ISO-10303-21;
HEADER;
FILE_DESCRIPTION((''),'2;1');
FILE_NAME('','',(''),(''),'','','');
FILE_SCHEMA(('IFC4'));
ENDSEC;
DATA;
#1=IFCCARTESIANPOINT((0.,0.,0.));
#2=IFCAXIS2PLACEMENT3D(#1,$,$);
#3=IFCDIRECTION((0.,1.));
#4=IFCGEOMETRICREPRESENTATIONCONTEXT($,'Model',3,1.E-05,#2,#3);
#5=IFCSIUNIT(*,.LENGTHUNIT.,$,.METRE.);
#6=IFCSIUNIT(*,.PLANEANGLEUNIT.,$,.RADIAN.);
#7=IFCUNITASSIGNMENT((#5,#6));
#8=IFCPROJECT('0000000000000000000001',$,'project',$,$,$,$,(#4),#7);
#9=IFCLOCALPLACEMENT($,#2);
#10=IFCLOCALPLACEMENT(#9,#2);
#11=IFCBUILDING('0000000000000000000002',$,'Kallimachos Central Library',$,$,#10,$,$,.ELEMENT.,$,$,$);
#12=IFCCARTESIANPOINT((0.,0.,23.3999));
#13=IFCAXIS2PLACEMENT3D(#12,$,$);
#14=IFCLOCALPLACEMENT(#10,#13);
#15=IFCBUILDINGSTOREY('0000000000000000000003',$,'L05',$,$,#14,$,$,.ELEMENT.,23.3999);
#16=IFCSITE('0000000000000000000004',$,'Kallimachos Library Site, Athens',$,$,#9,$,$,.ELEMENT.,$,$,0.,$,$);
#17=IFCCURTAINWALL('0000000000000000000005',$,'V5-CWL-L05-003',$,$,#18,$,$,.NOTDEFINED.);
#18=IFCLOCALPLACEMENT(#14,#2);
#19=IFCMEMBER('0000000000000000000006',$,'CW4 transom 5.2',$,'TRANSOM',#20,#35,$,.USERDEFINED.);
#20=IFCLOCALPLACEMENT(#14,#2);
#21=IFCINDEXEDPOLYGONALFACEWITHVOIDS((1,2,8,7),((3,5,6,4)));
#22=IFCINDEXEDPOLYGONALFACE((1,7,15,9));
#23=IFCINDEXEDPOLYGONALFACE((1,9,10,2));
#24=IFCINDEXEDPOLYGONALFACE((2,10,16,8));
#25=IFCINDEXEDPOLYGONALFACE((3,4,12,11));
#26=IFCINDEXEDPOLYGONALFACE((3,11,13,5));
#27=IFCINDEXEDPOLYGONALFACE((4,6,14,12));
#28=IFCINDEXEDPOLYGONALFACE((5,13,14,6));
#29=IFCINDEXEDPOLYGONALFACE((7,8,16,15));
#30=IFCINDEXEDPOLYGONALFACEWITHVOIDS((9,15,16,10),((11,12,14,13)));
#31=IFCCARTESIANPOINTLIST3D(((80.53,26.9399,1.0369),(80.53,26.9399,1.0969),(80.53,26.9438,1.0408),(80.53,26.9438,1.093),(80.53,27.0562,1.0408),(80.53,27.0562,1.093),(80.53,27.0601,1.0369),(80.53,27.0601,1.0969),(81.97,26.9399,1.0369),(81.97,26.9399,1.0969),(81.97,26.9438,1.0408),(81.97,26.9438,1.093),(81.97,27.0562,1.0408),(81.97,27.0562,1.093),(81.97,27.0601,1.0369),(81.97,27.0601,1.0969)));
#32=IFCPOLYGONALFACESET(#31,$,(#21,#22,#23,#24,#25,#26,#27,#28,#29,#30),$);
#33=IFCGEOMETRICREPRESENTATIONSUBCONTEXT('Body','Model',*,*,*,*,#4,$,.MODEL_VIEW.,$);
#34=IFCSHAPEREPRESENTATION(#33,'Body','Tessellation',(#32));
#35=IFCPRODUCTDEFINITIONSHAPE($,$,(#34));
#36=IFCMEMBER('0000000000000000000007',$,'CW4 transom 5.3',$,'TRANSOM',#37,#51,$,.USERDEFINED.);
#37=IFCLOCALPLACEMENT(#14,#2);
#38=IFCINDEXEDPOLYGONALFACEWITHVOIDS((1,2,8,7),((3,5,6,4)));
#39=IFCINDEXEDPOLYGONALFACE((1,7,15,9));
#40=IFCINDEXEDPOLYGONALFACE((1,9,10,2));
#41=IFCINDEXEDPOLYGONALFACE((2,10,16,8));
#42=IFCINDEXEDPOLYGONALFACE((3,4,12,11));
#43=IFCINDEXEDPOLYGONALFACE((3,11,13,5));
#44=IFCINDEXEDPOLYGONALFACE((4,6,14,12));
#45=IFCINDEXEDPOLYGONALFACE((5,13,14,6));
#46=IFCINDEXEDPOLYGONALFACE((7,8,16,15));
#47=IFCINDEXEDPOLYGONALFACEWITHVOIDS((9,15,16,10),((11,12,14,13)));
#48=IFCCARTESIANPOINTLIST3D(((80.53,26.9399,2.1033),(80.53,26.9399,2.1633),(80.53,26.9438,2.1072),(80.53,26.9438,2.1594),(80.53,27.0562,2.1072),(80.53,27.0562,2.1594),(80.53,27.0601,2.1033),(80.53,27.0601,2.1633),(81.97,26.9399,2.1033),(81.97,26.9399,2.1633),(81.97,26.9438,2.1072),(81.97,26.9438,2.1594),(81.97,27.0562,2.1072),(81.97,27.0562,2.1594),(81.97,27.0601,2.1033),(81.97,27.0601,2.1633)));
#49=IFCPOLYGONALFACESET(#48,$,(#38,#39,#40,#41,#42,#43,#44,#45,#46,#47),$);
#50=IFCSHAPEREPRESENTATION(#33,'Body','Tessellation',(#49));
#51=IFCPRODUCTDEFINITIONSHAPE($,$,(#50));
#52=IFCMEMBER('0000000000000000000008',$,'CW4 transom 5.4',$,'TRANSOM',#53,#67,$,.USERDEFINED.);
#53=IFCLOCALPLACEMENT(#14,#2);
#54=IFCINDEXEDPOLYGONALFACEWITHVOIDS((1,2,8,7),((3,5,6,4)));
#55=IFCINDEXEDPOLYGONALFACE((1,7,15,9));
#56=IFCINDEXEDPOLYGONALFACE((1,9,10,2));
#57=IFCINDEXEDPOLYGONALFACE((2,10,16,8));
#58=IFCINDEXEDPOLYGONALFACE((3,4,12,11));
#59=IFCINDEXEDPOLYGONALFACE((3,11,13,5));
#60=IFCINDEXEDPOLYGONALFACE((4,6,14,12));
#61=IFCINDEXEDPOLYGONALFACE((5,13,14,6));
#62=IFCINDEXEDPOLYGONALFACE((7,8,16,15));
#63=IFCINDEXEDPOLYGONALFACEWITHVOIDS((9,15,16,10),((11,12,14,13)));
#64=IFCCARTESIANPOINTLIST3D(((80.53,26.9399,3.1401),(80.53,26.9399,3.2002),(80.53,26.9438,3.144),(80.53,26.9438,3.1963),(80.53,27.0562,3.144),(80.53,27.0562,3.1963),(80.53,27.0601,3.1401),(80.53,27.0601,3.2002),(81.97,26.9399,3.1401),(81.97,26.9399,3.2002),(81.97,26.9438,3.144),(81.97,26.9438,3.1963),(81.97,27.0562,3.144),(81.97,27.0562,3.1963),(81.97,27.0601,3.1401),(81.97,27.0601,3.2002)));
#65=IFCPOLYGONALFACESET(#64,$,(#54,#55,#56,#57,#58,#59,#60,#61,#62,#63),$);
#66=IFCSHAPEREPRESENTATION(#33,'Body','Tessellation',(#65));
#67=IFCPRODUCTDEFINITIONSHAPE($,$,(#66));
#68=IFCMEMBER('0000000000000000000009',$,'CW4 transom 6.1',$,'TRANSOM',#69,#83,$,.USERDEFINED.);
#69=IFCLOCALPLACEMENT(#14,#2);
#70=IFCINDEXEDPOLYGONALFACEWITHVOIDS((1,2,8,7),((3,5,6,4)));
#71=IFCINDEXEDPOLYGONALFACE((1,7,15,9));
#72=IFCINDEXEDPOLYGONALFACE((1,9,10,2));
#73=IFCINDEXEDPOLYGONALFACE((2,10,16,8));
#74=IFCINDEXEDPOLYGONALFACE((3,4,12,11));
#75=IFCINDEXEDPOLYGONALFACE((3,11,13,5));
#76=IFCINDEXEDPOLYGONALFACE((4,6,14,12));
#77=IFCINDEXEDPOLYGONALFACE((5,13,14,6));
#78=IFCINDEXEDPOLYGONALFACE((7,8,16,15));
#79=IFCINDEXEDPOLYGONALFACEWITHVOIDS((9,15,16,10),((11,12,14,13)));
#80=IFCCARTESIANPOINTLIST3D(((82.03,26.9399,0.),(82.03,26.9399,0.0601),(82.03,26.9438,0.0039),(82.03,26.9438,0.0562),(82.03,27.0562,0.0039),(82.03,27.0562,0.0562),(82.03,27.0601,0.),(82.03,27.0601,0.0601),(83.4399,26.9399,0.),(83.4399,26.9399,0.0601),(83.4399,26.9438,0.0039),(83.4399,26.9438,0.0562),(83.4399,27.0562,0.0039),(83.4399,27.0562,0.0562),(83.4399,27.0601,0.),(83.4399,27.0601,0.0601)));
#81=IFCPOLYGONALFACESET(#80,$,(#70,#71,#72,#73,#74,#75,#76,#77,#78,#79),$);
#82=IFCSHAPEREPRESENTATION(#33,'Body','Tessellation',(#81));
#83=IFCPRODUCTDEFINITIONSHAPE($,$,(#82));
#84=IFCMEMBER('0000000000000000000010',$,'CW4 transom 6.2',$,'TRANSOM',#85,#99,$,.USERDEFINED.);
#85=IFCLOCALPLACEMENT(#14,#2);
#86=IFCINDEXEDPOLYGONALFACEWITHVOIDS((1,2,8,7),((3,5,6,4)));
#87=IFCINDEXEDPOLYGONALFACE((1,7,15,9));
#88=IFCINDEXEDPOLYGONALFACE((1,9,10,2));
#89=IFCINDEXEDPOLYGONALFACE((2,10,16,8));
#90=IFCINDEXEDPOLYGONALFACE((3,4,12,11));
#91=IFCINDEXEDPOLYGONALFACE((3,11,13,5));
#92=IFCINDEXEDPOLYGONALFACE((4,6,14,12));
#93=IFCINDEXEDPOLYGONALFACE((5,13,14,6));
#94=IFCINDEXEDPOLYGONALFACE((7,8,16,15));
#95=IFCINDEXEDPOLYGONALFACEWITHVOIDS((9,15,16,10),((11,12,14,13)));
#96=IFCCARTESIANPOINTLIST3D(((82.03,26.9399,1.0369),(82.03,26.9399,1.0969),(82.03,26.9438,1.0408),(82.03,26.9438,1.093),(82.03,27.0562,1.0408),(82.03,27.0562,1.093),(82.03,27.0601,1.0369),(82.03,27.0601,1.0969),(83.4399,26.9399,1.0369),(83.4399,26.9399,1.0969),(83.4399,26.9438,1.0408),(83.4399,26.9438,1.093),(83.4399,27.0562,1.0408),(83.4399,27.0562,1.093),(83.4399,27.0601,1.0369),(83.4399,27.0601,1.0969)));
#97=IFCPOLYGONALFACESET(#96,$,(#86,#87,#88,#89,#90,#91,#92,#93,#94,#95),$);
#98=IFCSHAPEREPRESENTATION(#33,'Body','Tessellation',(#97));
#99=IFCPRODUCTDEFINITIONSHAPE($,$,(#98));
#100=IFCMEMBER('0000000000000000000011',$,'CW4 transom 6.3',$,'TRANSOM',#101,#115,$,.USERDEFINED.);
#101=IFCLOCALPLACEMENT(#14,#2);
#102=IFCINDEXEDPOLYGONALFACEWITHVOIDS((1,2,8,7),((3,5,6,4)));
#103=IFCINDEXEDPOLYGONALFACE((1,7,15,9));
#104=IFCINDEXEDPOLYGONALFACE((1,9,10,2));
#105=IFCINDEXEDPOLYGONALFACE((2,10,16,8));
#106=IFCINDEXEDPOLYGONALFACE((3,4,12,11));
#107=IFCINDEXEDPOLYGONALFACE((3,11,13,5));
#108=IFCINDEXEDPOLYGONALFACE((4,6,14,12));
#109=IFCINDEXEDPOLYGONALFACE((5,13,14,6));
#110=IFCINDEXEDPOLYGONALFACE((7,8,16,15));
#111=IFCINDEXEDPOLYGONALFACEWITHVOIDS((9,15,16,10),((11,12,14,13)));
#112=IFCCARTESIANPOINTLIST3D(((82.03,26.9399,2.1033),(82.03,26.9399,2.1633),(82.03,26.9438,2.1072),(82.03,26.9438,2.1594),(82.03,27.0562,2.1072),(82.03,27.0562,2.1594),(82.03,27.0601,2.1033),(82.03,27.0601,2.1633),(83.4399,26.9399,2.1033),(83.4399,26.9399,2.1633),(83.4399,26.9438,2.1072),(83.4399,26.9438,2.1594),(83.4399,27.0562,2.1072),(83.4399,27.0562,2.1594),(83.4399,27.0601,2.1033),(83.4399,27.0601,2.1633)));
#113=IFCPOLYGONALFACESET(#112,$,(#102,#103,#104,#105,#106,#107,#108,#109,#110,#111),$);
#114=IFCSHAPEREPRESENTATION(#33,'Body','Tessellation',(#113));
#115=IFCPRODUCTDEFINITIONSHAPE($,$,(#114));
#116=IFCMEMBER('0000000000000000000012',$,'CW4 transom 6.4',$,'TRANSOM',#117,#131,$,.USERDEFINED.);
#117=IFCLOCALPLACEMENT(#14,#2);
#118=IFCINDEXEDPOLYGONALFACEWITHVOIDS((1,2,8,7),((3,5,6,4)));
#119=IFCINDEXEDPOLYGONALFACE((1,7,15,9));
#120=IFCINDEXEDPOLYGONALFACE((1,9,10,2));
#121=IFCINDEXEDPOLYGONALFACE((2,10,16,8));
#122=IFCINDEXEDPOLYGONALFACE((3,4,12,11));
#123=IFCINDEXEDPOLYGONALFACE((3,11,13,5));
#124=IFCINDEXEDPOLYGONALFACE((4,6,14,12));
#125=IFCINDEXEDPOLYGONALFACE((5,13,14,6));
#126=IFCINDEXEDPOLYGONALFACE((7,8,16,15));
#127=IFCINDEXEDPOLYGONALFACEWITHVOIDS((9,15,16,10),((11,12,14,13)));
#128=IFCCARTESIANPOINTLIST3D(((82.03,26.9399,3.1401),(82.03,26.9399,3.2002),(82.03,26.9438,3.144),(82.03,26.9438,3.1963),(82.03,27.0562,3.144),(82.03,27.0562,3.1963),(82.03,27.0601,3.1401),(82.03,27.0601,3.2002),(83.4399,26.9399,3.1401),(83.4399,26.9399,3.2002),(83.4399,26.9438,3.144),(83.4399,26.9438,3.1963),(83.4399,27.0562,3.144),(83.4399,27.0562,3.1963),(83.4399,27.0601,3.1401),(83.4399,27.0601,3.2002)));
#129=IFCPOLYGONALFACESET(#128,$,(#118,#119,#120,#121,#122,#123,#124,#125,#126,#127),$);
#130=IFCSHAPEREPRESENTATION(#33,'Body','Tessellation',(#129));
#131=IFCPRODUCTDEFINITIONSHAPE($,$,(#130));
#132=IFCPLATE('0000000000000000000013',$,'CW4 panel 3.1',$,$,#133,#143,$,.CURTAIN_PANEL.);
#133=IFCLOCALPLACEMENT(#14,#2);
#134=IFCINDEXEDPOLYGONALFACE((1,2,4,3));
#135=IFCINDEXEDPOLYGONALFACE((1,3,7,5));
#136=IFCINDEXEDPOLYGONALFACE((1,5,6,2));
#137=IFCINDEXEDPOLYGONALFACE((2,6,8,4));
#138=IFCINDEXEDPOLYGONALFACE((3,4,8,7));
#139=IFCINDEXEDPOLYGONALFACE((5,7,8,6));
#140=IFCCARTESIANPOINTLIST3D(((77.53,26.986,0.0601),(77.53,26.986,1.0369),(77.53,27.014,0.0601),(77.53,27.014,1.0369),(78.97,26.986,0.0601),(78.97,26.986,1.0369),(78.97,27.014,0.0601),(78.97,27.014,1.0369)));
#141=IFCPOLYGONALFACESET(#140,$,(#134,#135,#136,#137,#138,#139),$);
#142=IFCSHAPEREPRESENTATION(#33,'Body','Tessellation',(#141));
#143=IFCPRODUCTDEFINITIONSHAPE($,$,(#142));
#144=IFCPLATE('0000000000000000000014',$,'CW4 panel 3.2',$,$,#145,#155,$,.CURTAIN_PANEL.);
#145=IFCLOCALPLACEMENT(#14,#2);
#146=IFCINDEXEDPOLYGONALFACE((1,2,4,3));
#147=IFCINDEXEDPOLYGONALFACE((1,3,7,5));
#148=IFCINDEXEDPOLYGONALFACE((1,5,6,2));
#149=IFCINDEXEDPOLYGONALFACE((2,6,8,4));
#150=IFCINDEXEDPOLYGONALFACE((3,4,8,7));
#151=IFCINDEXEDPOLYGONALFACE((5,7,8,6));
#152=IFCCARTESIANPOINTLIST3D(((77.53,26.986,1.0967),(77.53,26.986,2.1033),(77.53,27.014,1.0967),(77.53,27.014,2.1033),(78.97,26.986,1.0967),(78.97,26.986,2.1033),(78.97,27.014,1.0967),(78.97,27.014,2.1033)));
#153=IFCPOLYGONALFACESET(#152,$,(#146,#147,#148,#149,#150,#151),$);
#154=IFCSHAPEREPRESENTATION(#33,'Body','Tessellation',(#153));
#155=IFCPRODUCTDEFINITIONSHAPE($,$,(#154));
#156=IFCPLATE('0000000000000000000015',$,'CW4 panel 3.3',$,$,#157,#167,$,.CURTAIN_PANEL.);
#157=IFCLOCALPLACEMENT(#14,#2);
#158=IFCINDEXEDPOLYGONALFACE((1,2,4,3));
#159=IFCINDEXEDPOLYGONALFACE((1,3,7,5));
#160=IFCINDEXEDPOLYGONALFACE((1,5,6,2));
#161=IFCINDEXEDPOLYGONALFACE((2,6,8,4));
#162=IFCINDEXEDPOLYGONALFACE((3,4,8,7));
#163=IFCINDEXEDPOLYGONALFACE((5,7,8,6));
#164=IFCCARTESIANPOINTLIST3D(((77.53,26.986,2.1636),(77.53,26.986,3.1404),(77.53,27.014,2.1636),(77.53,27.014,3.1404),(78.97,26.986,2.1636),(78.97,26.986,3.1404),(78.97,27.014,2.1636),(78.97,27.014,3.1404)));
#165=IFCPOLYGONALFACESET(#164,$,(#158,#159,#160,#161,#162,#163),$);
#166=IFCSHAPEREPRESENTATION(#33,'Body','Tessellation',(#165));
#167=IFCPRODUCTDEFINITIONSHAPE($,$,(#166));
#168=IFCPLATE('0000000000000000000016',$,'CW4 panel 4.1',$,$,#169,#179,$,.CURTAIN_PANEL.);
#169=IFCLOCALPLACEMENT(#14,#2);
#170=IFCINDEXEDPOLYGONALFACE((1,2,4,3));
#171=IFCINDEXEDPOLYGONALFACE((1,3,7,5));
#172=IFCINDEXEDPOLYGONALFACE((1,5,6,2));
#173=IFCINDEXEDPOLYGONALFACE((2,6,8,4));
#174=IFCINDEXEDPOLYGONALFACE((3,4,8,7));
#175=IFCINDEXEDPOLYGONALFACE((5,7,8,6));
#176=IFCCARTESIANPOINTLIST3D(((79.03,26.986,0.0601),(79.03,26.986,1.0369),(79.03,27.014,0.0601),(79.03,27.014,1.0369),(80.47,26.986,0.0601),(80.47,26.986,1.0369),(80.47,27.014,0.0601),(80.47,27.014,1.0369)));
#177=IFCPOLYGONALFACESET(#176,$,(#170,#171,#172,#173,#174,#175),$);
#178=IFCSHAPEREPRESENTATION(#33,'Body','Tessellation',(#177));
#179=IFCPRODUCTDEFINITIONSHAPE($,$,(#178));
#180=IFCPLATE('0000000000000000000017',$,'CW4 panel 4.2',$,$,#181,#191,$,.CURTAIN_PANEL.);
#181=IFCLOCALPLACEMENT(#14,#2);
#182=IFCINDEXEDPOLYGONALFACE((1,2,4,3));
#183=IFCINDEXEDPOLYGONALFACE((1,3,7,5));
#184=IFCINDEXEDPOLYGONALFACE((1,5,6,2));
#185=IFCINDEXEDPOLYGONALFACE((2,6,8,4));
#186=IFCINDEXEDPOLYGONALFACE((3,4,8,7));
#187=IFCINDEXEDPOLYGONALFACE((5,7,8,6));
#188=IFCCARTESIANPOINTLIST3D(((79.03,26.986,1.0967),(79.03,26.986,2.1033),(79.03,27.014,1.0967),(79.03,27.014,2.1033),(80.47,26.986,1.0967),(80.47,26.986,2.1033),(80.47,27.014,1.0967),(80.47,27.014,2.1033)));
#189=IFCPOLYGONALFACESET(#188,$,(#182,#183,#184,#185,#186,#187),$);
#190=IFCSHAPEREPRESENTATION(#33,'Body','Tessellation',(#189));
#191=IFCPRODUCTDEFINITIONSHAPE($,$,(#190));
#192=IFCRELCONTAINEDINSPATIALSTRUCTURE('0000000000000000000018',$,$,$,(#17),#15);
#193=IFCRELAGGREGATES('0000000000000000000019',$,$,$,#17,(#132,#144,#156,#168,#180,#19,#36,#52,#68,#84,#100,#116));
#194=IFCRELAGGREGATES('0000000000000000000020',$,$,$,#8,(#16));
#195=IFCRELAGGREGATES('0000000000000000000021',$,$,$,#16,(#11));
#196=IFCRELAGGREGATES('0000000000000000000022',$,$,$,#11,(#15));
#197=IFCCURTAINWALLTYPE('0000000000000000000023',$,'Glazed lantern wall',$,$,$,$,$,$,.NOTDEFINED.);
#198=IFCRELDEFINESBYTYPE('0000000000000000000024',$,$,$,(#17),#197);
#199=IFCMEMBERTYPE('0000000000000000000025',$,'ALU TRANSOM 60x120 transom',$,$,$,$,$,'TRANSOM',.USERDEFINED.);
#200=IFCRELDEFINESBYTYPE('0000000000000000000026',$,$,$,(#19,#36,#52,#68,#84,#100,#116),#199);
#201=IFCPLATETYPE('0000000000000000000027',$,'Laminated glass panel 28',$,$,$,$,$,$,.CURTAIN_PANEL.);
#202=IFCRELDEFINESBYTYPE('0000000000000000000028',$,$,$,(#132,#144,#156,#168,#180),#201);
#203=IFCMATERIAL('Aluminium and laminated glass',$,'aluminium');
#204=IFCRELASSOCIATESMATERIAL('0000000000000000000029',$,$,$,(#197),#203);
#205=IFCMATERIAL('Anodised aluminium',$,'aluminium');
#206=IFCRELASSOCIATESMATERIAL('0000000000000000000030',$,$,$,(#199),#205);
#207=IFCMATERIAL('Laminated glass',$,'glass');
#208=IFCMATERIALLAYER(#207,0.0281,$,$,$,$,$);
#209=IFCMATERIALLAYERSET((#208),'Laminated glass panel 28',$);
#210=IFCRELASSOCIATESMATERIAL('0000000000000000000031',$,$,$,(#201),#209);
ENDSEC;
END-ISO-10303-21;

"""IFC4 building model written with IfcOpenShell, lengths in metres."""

from ifc_helpers import new_model, si_unit, direction, frame, origin, origin_2d, place, context, subcontext, project, spatial, rectangle, hollow_rectangle, extrude, material, layer, layer_set, material_profile, profile_set, type_object, element, aggregate, save


model = new_model("IFC4")

# Units and contexts
model_context = context("Model", 3, precision=1e-05, world=origin(), true_north=direction((0.0, 1.0)))
body_context = subcontext(model_context, "Body", "Model", "MODEL_VIEW")
ifc_project = project(units=[si_unit("LENGTHUNIT", "METRE"), si_unit("PLANEANGLEUNIT", "RADIAN")], contexts=[model_context])

# Site, building, storey
site_placement = place(None, origin())
site = spatial("IfcSite", under=ifc_project, at=site_placement, Name="Kallimachos Library Site, Athens", CompositionType="ELEMENT", RefElevation=0.0)
building_placement = place(site_placement, origin())
building = spatial("IfcBuilding", under=site, at=building_placement, Name="Kallimachos Central Library", CompositionType="ELEMENT")
storey_placement = place(building_placement, frame((0.0, 0.0, 23.3999)))
storey = spatial("IfcBuildingStorey", under=building, at=storey_placement, Name="L05", CompositionType="ELEMENT", Elevation=23.3999)

# Curtain wall
ifc_material_1 = material(Name="Aluminium and laminated glass", Category="aluminium")
curtain_wall_type = type_object("IfcCurtainWallType", Name="Glazed lantern wall", PredefinedType="NOTDEFINED", material=ifc_material_1)
curtain_wall_1_placement = place(storey_placement, origin())
curtain_wall_1 = element("IfcCurtainWall", 1, at=curtain_wall_1_placement, inside=storey, type_object=curtain_wall_type, Name="V5-CWL-L05-003", PredefinedType="NOTDEFINED")

# Members
ifc_material_2 = material(Name="Anodised aluminium", Category="aluminium")
ifc_material_profile_1 = material_profile(ifc_material_2, hollow_rectangle(XDim=0.0601, YDim=0.1201, WallThickness=0.0039, at=origin_2d()), Name="ALU TRANSOM 60x120")
ifc_profile_set_1 = profile_set([ifc_material_profile_1], Name="Anodised aluminium")
member_type_1 = type_object("IfcMemberType", Name="ALU TRANSOM 60x120 transom", ElementType="TRANSOM", PredefinedType="USERDEFINED", material=ifc_profile_set_1)
member_1_placement = place(storey_placement, frame((80.53, 27.0, 1.0669), z_axis=(1.0, 0.0, 0.0), x_axis=(0.0, 0.0, 1.0)))
member_1 = element("IfcMember", 2, at=member_1_placement, type_object=member_type_1, Name="CW4 transom 5.2", ObjectType="TRANSOM", PredefinedType="USERDEFINED", context=body_context, shape_type="SweptSolid", body=[
    extrude(hollow_rectangle(XDim=0.0601, YDim=0.1201, WallThickness=0.0039, at=origin_2d()), origin(), (0.0, 0.0, 1.0), 1.4399),
])
member_2_placement = place(storey_placement, frame((80.53, 27.0, 2.1333), z_axis=(1.0, 0.0, 0.0), x_axis=(0.0, 0.0, 1.0)))
member_2 = element("IfcMember", 3, at=member_2_placement, type_object=member_type_1, Name="CW4 transom 5.3", ObjectType="TRANSOM", PredefinedType="USERDEFINED", context=body_context, shape_type="SweptSolid", body=[
    extrude(hollow_rectangle(XDim=0.0601, YDim=0.1201, WallThickness=0.0039, at=origin_2d()), origin(), (0.0, 0.0, 1.0), 1.4399),
])
member_3_placement = place(storey_placement, frame((80.53, 27.0, 3.1702), z_axis=(1.0, 0.0, 0.0), x_axis=(0.0, 0.0, 1.0)))
member_3 = element("IfcMember", 4, at=member_3_placement, type_object=member_type_1, Name="CW4 transom 5.4", ObjectType="TRANSOM", PredefinedType="USERDEFINED", context=body_context, shape_type="SweptSolid", body=[
    extrude(hollow_rectangle(XDim=0.0601, YDim=0.1201, WallThickness=0.0039, at=origin_2d()), origin(), (0.0, 0.0, 1.0), 1.4399),
])
member_4_placement = place(storey_placement, frame((82.03, 27.0, 0.03), z_axis=(1.0, 0.0, 0.0), x_axis=(0.0, 0.0, 1.0)))
member_4 = element("IfcMember", 5, at=member_4_placement, type_object=member_type_1, Name="CW4 transom 6.1", ObjectType="TRANSOM", PredefinedType="USERDEFINED", context=body_context, shape_type="SweptSolid", body=[
    extrude(hollow_rectangle(XDim=0.0601, YDim=0.1201, WallThickness=0.0039, at=origin_2d()), origin(), (0.0, 0.0, 1.0), 1.4099),
])
member_5_placement = place(storey_placement, frame((82.03, 27.0, 1.0669), z_axis=(1.0, 0.0, 0.0), x_axis=(0.0, 0.0, 1.0)))
member_5 = element("IfcMember", 6, at=member_5_placement, type_object=member_type_1, Name="CW4 transom 6.2", ObjectType="TRANSOM", PredefinedType="USERDEFINED", context=body_context, shape_type="SweptSolid", body=[
    extrude(hollow_rectangle(XDim=0.0601, YDim=0.1201, WallThickness=0.0039, at=origin_2d()), origin(), (0.0, 0.0, 1.0), 1.4099),
])
member_6_placement = place(storey_placement, frame((82.03, 27.0, 2.1333), z_axis=(1.0, 0.0, 0.0), x_axis=(0.0, 0.0, 1.0)))
member_6 = element("IfcMember", 7, at=member_6_placement, type_object=member_type_1, Name="CW4 transom 6.3", ObjectType="TRANSOM", PredefinedType="USERDEFINED", context=body_context, shape_type="SweptSolid", body=[
    extrude(hollow_rectangle(XDim=0.0601, YDim=0.1201, WallThickness=0.0039, at=origin_2d()), origin(), (0.0, 0.0, 1.0), 1.4099),
])
member_7_placement = place(storey_placement, frame((82.03, 27.0, 3.1702), z_axis=(1.0, 0.0, 0.0), x_axis=(0.0, 0.0, 1.0)))
member_7 = element("IfcMember", 8, at=member_7_placement, type_object=member_type_1, Name="CW4 transom 6.4", ObjectType="TRANSOM", PredefinedType="USERDEFINED", context=body_context, shape_type="SweptSolid", body=[
    extrude(hollow_rectangle(XDim=0.0601, YDim=0.1201, WallThickness=0.0039, at=origin_2d()), origin(), (0.0, 0.0, 1.0), 1.4099),
])

# Plates
ifc_material_3 = material(Name="Laminated glass", Category="glass")
ifc_layer_1 = layer(ifc_material_3, 0.0281)
ifc_layer_set_1 = layer_set([ifc_layer_1], Name="Laminated glass panel 28")
plate_type = type_object("IfcPlateType", Name="Laminated glass panel 28", PredefinedType="CURTAIN_PANEL", material=ifc_layer_set_1)
plate_1_placement = place(storey_placement, frame((78.25, 27.0, 0.0601), z_axis=(0.0, 0.0, 1.0), x_axis=(1.0, 0.0, 0.0)))
plate_1 = element("IfcPlate", 9, at=plate_1_placement, type_object=plate_type, Name="CW4 panel 3.1", PredefinedType="CURTAIN_PANEL", context=body_context, shape_type="SweptSolid", body=[
    extrude(rectangle(XDim=1.4399, YDim=0.0281, at=origin_2d()), origin(), (0.0, 0.0, 1.0), 0.9768),
])
plate_2_placement = place(storey_placement, frame((78.25, 27.0, 1.0967), z_axis=(0.0, 0.0, 1.0), x_axis=(1.0, 0.0, 0.0)))
plate_2 = element("IfcPlate", 10, at=plate_2_placement, type_object=plate_type, Name="CW4 panel 3.2", PredefinedType="CURTAIN_PANEL", context=body_context, shape_type="SweptSolid", body=[
    extrude(rectangle(XDim=1.4399, YDim=0.0281, at=origin_2d()), origin(), (0.0, 0.0, 1.0), 1.0066),
])
plate_3_placement = place(storey_placement, frame((78.25, 27.0, 2.1636), z_axis=(0.0, 0.0, 1.0), x_axis=(1.0, 0.0, 0.0)))
plate_3 = element("IfcPlate", 11, at=plate_3_placement, type_object=plate_type, Name="CW4 panel 3.3", PredefinedType="CURTAIN_PANEL", context=body_context, shape_type="SweptSolid", body=[
    extrude(rectangle(XDim=1.4399, YDim=0.0281, at=origin_2d()), origin(), (0.0, 0.0, 1.0), 0.9768),
])
plate_4_placement = place(storey_placement, frame((79.75, 27.0, 0.0601), z_axis=(0.0, 0.0, 1.0), x_axis=(1.0, 0.0, 0.0)))
plate_4 = element("IfcPlate", 12, at=plate_4_placement, type_object=plate_type, Name="CW4 panel 4.1", PredefinedType="CURTAIN_PANEL", context=body_context, shape_type="SweptSolid", body=[
    extrude(rectangle(XDim=1.4399, YDim=0.0281, at=origin_2d()), origin(), (0.0, 0.0, 1.0), 0.9768),
])
plate_5_placement = place(storey_placement, frame((79.75, 27.0, 1.0967), z_axis=(0.0, 0.0, 1.0), x_axis=(1.0, 0.0, 0.0)))
plate_5 = element("IfcPlate", 13, at=plate_5_placement, type_object=plate_type, Name="CW4 panel 4.2", PredefinedType="CURTAIN_PANEL", context=body_context, shape_type="SweptSolid", body=[
    extrude(rectangle(XDim=1.4399, YDim=0.0281, at=origin_2d()), origin(), (0.0, 0.0, 1.0), 1.0066),
])
aggregate(curtain_wall_1, [plate_1, plate_2, plate_3, plate_4, plate_5, member_1, member_2, member_3, member_4, member_5, member_6, member_7])

save(model, "model.ifc")
